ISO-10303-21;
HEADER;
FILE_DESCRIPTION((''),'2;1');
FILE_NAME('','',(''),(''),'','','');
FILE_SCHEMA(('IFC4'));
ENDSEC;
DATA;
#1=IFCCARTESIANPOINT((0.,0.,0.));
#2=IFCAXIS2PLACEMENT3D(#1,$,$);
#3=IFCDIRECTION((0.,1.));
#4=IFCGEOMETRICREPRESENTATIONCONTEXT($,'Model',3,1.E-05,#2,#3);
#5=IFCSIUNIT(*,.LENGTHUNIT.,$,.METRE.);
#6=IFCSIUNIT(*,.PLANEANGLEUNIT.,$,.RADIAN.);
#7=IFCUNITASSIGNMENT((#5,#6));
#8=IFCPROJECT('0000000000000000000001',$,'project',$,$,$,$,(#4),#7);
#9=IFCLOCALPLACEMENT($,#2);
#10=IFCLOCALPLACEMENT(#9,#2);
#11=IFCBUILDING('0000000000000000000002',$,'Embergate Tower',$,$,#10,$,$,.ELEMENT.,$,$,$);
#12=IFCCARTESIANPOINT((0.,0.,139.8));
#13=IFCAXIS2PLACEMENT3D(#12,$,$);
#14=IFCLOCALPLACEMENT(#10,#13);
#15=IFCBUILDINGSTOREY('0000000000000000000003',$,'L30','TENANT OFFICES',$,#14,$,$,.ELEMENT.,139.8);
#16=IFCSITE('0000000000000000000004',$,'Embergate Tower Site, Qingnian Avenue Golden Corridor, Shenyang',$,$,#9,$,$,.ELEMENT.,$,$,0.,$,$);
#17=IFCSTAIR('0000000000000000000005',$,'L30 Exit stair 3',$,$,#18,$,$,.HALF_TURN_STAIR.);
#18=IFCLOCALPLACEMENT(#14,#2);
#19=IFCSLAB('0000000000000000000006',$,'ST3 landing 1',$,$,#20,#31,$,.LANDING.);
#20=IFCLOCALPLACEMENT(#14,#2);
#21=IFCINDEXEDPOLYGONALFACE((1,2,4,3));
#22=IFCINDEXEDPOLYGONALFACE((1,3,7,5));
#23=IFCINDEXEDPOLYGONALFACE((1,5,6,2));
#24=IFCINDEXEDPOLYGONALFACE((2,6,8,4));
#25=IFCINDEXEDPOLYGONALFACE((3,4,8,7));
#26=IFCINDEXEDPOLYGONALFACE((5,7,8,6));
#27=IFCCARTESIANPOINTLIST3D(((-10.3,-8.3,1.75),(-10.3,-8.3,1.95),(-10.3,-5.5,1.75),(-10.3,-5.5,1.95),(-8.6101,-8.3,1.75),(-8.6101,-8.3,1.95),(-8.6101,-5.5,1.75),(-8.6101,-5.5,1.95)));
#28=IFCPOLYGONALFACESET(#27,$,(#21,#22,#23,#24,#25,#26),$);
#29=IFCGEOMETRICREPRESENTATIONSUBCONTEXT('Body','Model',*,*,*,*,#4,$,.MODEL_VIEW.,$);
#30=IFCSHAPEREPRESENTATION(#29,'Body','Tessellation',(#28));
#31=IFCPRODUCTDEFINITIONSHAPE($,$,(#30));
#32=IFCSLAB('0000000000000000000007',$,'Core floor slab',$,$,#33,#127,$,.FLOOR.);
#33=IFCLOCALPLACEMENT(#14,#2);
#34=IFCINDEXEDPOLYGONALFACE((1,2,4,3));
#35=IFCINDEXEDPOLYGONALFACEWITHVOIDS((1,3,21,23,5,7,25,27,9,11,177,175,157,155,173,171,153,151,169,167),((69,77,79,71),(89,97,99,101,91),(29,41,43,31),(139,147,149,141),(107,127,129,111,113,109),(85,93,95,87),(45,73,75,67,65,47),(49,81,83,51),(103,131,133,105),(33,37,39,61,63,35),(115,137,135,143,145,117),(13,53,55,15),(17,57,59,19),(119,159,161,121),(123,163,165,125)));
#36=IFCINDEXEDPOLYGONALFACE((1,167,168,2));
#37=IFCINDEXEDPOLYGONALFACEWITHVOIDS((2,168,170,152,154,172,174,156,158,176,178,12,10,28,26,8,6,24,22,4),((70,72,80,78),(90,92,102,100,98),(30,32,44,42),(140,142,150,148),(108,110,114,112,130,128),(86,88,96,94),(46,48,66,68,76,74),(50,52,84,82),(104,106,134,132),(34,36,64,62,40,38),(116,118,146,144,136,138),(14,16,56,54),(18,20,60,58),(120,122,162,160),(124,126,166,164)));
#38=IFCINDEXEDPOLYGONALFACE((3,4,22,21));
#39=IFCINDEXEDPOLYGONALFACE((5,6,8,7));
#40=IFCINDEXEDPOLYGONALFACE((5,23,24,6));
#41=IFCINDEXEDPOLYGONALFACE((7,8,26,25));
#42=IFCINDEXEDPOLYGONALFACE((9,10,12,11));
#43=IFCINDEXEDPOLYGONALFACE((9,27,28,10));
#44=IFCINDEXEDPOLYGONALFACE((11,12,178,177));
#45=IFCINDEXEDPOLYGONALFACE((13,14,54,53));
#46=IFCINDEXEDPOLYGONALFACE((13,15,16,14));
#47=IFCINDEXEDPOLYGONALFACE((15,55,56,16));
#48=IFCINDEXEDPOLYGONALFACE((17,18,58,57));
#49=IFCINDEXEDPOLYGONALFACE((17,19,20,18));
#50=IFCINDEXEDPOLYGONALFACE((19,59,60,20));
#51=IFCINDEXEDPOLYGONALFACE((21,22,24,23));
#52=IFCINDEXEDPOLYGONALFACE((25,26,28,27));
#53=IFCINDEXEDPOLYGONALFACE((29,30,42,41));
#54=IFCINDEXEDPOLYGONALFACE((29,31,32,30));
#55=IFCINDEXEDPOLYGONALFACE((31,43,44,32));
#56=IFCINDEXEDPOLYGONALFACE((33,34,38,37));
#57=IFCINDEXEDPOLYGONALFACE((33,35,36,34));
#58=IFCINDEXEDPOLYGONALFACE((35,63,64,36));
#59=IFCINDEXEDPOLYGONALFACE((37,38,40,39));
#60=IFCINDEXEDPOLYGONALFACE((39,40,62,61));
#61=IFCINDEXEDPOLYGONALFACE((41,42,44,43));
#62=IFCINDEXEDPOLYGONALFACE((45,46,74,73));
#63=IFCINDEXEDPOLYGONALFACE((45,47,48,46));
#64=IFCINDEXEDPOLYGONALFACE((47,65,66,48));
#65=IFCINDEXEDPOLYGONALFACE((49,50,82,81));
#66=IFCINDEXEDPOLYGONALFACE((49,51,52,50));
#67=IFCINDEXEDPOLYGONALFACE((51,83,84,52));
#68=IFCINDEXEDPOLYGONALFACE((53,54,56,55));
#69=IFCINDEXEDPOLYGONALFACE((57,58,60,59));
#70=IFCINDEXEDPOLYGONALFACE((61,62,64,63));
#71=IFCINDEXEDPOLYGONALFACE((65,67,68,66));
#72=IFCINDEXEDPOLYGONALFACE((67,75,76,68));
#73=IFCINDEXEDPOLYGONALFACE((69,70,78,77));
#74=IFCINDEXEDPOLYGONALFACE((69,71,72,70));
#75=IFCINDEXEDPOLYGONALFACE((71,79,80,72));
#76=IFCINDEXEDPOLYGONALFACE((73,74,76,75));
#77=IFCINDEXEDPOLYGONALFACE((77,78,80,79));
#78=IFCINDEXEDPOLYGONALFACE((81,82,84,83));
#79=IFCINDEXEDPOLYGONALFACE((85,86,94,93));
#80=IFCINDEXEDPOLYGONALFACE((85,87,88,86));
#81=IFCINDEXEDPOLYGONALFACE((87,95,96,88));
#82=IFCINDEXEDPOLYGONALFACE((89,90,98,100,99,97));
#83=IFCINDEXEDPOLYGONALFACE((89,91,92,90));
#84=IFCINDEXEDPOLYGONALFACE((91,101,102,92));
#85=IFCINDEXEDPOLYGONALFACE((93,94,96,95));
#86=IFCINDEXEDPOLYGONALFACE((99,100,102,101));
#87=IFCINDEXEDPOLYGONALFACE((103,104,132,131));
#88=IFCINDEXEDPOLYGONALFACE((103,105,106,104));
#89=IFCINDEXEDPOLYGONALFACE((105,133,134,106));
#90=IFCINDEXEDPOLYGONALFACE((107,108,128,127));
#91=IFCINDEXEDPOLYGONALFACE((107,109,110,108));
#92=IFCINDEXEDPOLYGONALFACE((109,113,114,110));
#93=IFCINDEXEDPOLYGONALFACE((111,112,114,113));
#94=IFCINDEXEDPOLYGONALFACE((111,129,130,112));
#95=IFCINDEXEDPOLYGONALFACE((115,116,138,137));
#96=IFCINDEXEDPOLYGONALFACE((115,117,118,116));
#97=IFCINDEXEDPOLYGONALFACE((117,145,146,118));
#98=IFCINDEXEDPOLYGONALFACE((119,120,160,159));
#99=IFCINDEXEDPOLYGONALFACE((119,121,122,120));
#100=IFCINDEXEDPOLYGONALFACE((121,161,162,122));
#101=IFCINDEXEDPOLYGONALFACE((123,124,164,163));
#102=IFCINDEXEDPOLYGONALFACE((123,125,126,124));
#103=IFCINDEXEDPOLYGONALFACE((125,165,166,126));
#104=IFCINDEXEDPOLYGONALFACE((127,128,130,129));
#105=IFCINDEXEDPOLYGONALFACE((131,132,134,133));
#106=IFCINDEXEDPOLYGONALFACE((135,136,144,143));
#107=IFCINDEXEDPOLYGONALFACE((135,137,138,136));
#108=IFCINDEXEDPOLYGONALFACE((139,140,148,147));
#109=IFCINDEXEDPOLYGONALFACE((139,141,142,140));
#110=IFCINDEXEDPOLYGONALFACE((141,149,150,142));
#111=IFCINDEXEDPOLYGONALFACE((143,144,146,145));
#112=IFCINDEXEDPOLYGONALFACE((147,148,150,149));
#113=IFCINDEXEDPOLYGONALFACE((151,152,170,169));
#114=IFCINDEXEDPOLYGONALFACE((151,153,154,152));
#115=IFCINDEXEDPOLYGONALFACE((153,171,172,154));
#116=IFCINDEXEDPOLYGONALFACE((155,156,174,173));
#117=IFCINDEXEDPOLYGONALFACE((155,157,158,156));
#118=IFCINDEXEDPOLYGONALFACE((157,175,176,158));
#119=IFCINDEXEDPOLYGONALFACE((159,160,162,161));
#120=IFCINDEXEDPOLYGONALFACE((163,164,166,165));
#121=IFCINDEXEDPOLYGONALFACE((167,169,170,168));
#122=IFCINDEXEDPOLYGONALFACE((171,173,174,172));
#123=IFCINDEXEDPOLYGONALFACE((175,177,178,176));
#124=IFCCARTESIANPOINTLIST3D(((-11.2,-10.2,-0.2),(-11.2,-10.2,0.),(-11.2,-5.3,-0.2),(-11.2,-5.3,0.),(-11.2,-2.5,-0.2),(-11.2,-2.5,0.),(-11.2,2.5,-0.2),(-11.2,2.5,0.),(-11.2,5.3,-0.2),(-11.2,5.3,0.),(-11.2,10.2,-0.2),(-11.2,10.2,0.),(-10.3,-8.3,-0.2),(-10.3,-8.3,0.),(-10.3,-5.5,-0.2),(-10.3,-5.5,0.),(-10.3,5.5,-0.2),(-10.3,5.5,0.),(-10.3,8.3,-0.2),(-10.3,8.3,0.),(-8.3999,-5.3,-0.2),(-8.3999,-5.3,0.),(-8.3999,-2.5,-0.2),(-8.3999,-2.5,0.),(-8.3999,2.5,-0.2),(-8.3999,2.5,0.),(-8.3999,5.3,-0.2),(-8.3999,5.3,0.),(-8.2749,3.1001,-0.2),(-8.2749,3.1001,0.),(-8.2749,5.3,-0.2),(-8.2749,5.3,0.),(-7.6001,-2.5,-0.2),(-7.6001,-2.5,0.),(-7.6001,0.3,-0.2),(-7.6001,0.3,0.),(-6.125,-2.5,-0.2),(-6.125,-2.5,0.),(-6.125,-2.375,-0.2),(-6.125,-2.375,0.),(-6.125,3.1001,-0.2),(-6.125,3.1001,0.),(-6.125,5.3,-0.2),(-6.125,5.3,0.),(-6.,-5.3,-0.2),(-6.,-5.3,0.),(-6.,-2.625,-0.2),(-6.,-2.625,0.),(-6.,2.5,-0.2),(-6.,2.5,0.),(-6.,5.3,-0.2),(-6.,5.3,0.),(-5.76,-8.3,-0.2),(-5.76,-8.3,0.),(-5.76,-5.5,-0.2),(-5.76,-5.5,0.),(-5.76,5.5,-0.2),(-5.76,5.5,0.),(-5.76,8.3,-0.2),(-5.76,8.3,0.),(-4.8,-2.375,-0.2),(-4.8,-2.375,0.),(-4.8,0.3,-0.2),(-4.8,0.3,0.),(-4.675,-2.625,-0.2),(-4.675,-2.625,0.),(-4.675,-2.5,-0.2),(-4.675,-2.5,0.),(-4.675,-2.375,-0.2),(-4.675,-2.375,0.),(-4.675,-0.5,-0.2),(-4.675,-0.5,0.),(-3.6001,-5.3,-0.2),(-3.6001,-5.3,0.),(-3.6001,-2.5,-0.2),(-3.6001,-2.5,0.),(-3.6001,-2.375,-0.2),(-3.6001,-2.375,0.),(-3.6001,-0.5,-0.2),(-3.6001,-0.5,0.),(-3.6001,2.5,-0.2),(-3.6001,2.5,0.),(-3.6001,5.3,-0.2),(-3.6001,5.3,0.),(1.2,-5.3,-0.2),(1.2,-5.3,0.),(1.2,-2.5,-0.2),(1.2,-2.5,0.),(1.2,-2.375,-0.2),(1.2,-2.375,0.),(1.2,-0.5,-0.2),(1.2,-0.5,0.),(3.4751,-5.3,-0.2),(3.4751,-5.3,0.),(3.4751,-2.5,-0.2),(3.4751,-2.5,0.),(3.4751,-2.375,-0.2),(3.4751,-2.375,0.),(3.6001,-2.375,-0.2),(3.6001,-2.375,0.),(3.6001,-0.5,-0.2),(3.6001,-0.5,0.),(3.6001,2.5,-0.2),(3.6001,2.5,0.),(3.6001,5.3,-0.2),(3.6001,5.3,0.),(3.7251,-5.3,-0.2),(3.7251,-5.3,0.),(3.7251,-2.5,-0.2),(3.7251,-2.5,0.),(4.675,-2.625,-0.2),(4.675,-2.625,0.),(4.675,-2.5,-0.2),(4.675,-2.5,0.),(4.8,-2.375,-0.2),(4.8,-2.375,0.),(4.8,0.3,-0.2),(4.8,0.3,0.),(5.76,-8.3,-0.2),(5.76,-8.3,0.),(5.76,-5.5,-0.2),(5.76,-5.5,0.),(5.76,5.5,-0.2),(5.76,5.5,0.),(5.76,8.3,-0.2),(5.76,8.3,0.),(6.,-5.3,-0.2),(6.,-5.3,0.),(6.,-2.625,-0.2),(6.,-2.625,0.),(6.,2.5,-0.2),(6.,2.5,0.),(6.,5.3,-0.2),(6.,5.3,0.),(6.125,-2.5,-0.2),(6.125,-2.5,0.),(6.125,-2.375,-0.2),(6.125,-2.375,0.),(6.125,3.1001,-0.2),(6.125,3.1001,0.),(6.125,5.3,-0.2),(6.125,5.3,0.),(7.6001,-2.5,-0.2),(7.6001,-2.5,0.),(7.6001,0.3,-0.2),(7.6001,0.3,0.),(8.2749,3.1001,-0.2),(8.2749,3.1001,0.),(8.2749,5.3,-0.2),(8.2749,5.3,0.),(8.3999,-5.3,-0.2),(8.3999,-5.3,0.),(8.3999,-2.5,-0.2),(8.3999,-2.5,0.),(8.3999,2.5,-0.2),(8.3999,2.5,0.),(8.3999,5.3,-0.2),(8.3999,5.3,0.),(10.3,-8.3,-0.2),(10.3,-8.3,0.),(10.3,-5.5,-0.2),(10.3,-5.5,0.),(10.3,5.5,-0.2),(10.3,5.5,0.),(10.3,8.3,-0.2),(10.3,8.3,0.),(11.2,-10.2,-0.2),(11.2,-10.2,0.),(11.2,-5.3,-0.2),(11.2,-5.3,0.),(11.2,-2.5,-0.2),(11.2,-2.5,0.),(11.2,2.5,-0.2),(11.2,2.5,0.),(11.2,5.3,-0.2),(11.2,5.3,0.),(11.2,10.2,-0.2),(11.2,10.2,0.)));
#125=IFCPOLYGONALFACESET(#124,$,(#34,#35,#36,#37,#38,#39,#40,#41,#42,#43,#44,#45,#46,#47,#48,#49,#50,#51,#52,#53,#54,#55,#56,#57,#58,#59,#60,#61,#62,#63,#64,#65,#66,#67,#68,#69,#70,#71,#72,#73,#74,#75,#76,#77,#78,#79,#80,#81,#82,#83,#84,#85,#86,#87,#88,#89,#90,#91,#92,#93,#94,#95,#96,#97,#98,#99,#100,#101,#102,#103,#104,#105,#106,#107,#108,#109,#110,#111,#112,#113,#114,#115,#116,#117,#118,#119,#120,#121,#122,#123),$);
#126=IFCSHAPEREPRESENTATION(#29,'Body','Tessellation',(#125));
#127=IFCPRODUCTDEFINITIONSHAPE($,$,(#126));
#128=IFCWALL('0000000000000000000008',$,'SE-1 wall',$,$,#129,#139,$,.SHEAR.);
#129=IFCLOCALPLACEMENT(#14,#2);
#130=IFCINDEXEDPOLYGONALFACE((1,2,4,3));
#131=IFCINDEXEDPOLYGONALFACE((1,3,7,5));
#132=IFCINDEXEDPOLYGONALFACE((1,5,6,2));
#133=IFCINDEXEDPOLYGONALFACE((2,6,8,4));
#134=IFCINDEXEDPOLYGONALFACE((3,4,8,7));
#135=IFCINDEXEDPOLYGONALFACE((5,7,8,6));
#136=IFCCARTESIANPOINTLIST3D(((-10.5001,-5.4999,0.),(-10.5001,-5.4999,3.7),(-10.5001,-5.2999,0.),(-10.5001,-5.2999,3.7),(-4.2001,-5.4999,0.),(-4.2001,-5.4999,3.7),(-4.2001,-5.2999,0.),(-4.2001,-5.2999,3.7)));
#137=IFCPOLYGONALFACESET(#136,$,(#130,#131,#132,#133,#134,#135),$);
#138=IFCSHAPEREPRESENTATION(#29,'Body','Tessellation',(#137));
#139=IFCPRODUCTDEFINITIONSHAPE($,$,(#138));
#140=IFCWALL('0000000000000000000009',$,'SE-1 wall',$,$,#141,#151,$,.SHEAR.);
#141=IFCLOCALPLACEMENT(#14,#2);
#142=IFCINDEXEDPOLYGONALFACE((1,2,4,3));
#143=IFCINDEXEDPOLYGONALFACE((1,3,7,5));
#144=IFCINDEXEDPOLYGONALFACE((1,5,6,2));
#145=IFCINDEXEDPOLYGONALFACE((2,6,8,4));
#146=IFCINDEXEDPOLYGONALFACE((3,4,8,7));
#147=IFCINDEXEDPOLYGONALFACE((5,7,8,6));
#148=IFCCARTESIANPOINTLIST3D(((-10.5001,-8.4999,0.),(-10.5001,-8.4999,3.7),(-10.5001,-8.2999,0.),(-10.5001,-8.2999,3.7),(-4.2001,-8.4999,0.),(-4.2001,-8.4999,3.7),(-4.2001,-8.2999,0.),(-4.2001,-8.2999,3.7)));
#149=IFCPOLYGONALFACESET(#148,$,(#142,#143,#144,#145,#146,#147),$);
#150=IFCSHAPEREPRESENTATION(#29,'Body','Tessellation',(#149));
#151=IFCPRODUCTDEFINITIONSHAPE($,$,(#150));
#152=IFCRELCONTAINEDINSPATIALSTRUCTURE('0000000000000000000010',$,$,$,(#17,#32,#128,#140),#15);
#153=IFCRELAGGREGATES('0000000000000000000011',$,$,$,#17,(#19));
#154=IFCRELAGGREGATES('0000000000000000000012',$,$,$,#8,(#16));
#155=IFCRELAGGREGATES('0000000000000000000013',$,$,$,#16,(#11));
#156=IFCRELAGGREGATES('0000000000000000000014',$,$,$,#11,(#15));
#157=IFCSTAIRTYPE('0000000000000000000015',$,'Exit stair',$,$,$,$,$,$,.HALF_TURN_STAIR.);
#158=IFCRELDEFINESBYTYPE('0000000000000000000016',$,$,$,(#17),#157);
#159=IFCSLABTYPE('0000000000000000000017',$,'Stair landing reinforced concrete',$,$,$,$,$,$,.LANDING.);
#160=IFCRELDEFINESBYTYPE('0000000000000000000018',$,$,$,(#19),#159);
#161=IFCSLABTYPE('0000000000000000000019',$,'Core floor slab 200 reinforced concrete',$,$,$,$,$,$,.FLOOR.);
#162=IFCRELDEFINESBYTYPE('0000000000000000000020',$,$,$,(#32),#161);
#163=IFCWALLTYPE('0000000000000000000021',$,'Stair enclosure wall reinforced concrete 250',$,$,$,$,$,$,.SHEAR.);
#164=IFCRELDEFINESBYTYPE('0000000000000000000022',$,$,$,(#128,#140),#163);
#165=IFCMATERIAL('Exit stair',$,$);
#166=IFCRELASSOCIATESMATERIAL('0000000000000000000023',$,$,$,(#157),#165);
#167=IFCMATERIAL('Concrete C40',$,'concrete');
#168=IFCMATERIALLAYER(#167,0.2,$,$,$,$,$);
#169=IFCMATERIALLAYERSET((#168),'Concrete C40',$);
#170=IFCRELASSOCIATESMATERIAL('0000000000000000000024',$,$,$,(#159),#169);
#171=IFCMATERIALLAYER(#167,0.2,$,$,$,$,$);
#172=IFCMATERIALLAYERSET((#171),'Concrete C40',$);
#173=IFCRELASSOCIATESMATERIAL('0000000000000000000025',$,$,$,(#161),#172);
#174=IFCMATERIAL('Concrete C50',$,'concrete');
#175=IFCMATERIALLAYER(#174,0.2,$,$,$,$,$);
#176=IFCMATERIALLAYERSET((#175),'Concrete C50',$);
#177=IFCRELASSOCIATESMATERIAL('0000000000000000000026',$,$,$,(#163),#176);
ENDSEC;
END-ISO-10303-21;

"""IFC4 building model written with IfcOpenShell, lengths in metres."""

from ifc_helpers import new_model, si_unit, direction, frame, frame_2d, origin, place, context, subcontext, project, spatial, polyline, rectangle, outline, extrude, source, transform, mapped, material, layer, layer_set, type_object, element, aggregate, save


model = new_model("IFC4")

# Units and contexts
model_context = context("Model", 3, precision=1e-05, world=origin(), true_north=direction((0.0, 1.0)))
body_context = subcontext(model_context, "Body", "Model", "MODEL_VIEW")
ifc_project = project(units=[si_unit("LENGTHUNIT", "METRE"), si_unit("PLANEANGLEUNIT", "RADIAN")], contexts=[model_context])

# Site, building, storey
site_placement = place(None, origin())
site = spatial("IfcSite", under=ifc_project, at=site_placement, Name="Embergate Tower Site, Qingnian Avenue Golden Corridor, Shenyang", CompositionType="ELEMENT", RefElevation=0.0)
building_placement = place(site_placement, origin())
building = spatial("IfcBuilding", under=site, at=building_placement, Name="Embergate Tower", CompositionType="ELEMENT")
storey_placement = place(building_placement, frame((0.0, 0.0, 139.8)))
storey = spatial("IfcBuildingStorey", under=building, at=storey_placement, Name="L30", Description="TENANT OFFICES", CompositionType="ELEMENT", Elevation=139.8)

# Stair, slab
ifc_material_1 = material(Name="Exit stair")
stair_type = type_object("IfcStairType", Name="Exit stair", PredefinedType="HALF_TURN_STAIR", material=ifc_material_1)
stair_placement = place(storey_placement, origin())
stair = element("IfcStair", 1, at=stair_placement, inside=storey, type_object=stair_type, Name="L30 Exit stair 3", PredefinedType="HALF_TURN_STAIR")
ifc_material_2 = material(Name="Concrete C40", Category="concrete")
ifc_layer_1 = layer(ifc_material_2, 0.2)
ifc_layer_set_1 = layer_set([ifc_layer_1], Name="Concrete C40")
slab_type_1 = type_object("IfcSlabType", Name="Stair landing reinforced concrete", PredefinedType="LANDING", material=ifc_layer_set_1)
shared_shape_1 = source(origin(), body_context, "Body", "SweptSolid", [
    extrude(outline(polyline([(0.0, 0.0), (1.6899, 0.0), (1.6899, 2.8), (0.0, 2.8), (0.0, 0.0)])), origin(), (0.0, 0.0, 1.0), 0.2),
])
slab_1_placement = place(storey_placement, frame((-10.3, -8.3, 1.75)))
slab_1 = element("IfcSlab", 2, at=slab_1_placement, type_object=slab_type_1, Name="ST3 landing 1", PredefinedType="LANDING", context=body_context, shape_type="MappedRepresentation", body=[
    mapped(shared_shape_1, transform((0.0, 0.0, 0.0))),
])

# Slab
ifc_layer_2 = layer(ifc_material_2, 0.2)
ifc_layer_set_2 = layer_set([ifc_layer_2], Name="Concrete C40")
slab_type_2 = type_object("IfcSlabType", Name="Core floor slab 200 reinforced concrete", PredefinedType="FLOOR", material=ifc_layer_set_2)
shared_shape_2 = source(origin(), body_context, "Body", "SweptSolid", [
    extrude(outline(polyline([(0.0, 0.0), (22.3999, 0.0), (22.3999, 4.8999), (19.5999, 4.8999), (19.5999, 7.7), (22.3999, 7.7), (22.3999, 12.7), (19.5999, 12.7), (19.5999, 15.5), (22.3999, 15.5), (22.3999, 20.3999), (0.0, 20.3999), (0.0, 15.5), (2.8, 15.5), (2.8, 12.7), (0.0, 12.7), (0.0, 7.7), (2.8, 7.7), (2.8, 4.8999), (0.0, 4.8999), (0.0, 0.0)]), holes=[polyline([(0.8999, 1.8999), (0.8999, 4.7), (5.4399, 4.7), (5.4399, 1.8999), (0.8999, 1.8999)]), polyline([(16.96, 1.8999), (16.96, 4.7), (21.5, 4.7), (21.5, 1.8999), (16.96, 1.8999)]), polyline([(5.2, 4.8999), (5.2, 7.575), (6.5249, 7.575), (6.5249, 7.7), (7.5999, 7.7), (7.5999, 4.8999), (5.2, 4.8999)]), polyline([(12.3999, 4.8999), (12.3999, 7.7), (14.675, 7.7), (14.675, 4.8999), (12.3999, 4.8999)]), polyline([(14.925, 4.8999), (14.925, 7.7), (15.875, 7.7), (15.875, 7.575), (17.2, 7.575), (17.2, 4.8999), (14.925, 4.8999)]), polyline([(3.5999, 7.7), (3.5999, 10.5), (6.3999, 10.5), (6.3999, 7.825), (5.075, 7.825), (5.075, 7.7), (3.5999, 7.7)]), polyline([(17.325, 7.7), (17.325, 7.825), (16.0, 7.825), (16.0, 10.5), (18.8, 10.5), (18.8, 7.7), (17.325, 7.7)]), polyline([(6.5249, 7.825), (6.5249, 9.7), (7.5999, 9.7), (7.5999, 7.825), (6.5249, 7.825)]), polyline([(12.3999, 7.825), (12.3999, 9.7), (14.8, 9.7), (14.8, 7.825), (14.675, 7.825), (12.3999, 7.825)]), polyline([(5.2, 12.7), (5.2, 15.5), (7.5999, 15.5), (7.5999, 12.7), (5.2, 12.7)]), polyline([(14.8, 12.7), (14.8, 15.5), (17.2, 15.5), (17.2, 12.7), (14.8, 12.7)]), polyline([(2.925, 13.3), (2.925, 15.5), (5.075, 15.5), (5.075, 13.3), (2.925, 13.3)]), polyline([(17.325, 13.3), (17.325, 15.5), (19.4749, 15.5), (19.4749, 13.3), (17.325, 13.3)]), polyline([(0.8999, 15.7), (0.8999, 18.5), (5.4399, 18.5), (5.4399, 15.7), (0.8999, 15.7)]), polyline([(16.96, 15.7), (16.96, 18.5), (21.5, 18.5), (21.5, 15.7), (16.96, 15.7)])]), origin(), (0.0, 0.0, 1.0), 0.2),
])
slab_2_placement = place(storey_placement, frame((-11.2, -10.2, -0.2)))
element("IfcSlab", 3, at=slab_2_placement, inside=storey, type_object=slab_type_2, Name="Core floor slab", PredefinedType="FLOOR", context=body_context, shape_type="MappedRepresentation", body=[
    mapped(shared_shape_2, transform((0.0, 0.0, 0.0))),
])

# Walls
ifc_material_3 = material(Name="Concrete C50", Category="concrete")
ifc_layer_3 = layer(ifc_material_3, 0.2)
ifc_layer_set_3 = layer_set([ifc_layer_3], Name="Concrete C50")
wall_type_1 = type_object("IfcWallType", Name="Stair enclosure wall reinforced concrete 250", PredefinedType="SHEAR", material=ifc_layer_set_3)
shared_shape_3 = source(origin(), body_context, "Body", "SweptSolid", [
    extrude(rectangle(XDim=6.3, YDim=0.2, at=frame_2d((3.1499, 0.0))), origin(), (0.0, 0.0, 1.0), 3.7),
])
for number, where, z_axis, x_axis, name in (
    (4, (-10.5, -5.3999, 0.0), (0.0, 0.0, 1.0), (1.0, 0.0, 0.0), "SE-1 wall"),
    (5, (-10.5, -8.3999, 0.0), (0.0, 0.0, 1.0), (1.0, 0.0, 0.0), "SE-1 wall"),
):
    element("IfcWall", number, at=place(storey_placement, frame(where, z_axis=z_axis, x_axis=x_axis)), inside=storey, type_object=wall_type_1, Name=name, PredefinedType="SHEAR", context=body_context, shape_type="MappedRepresentation", body=[
        mapped(shared_shape_3, transform((0.0, 0.0, 0.0))),
    ])

aggregate(stair, [slab_1])

save(model, "model.ifc")
